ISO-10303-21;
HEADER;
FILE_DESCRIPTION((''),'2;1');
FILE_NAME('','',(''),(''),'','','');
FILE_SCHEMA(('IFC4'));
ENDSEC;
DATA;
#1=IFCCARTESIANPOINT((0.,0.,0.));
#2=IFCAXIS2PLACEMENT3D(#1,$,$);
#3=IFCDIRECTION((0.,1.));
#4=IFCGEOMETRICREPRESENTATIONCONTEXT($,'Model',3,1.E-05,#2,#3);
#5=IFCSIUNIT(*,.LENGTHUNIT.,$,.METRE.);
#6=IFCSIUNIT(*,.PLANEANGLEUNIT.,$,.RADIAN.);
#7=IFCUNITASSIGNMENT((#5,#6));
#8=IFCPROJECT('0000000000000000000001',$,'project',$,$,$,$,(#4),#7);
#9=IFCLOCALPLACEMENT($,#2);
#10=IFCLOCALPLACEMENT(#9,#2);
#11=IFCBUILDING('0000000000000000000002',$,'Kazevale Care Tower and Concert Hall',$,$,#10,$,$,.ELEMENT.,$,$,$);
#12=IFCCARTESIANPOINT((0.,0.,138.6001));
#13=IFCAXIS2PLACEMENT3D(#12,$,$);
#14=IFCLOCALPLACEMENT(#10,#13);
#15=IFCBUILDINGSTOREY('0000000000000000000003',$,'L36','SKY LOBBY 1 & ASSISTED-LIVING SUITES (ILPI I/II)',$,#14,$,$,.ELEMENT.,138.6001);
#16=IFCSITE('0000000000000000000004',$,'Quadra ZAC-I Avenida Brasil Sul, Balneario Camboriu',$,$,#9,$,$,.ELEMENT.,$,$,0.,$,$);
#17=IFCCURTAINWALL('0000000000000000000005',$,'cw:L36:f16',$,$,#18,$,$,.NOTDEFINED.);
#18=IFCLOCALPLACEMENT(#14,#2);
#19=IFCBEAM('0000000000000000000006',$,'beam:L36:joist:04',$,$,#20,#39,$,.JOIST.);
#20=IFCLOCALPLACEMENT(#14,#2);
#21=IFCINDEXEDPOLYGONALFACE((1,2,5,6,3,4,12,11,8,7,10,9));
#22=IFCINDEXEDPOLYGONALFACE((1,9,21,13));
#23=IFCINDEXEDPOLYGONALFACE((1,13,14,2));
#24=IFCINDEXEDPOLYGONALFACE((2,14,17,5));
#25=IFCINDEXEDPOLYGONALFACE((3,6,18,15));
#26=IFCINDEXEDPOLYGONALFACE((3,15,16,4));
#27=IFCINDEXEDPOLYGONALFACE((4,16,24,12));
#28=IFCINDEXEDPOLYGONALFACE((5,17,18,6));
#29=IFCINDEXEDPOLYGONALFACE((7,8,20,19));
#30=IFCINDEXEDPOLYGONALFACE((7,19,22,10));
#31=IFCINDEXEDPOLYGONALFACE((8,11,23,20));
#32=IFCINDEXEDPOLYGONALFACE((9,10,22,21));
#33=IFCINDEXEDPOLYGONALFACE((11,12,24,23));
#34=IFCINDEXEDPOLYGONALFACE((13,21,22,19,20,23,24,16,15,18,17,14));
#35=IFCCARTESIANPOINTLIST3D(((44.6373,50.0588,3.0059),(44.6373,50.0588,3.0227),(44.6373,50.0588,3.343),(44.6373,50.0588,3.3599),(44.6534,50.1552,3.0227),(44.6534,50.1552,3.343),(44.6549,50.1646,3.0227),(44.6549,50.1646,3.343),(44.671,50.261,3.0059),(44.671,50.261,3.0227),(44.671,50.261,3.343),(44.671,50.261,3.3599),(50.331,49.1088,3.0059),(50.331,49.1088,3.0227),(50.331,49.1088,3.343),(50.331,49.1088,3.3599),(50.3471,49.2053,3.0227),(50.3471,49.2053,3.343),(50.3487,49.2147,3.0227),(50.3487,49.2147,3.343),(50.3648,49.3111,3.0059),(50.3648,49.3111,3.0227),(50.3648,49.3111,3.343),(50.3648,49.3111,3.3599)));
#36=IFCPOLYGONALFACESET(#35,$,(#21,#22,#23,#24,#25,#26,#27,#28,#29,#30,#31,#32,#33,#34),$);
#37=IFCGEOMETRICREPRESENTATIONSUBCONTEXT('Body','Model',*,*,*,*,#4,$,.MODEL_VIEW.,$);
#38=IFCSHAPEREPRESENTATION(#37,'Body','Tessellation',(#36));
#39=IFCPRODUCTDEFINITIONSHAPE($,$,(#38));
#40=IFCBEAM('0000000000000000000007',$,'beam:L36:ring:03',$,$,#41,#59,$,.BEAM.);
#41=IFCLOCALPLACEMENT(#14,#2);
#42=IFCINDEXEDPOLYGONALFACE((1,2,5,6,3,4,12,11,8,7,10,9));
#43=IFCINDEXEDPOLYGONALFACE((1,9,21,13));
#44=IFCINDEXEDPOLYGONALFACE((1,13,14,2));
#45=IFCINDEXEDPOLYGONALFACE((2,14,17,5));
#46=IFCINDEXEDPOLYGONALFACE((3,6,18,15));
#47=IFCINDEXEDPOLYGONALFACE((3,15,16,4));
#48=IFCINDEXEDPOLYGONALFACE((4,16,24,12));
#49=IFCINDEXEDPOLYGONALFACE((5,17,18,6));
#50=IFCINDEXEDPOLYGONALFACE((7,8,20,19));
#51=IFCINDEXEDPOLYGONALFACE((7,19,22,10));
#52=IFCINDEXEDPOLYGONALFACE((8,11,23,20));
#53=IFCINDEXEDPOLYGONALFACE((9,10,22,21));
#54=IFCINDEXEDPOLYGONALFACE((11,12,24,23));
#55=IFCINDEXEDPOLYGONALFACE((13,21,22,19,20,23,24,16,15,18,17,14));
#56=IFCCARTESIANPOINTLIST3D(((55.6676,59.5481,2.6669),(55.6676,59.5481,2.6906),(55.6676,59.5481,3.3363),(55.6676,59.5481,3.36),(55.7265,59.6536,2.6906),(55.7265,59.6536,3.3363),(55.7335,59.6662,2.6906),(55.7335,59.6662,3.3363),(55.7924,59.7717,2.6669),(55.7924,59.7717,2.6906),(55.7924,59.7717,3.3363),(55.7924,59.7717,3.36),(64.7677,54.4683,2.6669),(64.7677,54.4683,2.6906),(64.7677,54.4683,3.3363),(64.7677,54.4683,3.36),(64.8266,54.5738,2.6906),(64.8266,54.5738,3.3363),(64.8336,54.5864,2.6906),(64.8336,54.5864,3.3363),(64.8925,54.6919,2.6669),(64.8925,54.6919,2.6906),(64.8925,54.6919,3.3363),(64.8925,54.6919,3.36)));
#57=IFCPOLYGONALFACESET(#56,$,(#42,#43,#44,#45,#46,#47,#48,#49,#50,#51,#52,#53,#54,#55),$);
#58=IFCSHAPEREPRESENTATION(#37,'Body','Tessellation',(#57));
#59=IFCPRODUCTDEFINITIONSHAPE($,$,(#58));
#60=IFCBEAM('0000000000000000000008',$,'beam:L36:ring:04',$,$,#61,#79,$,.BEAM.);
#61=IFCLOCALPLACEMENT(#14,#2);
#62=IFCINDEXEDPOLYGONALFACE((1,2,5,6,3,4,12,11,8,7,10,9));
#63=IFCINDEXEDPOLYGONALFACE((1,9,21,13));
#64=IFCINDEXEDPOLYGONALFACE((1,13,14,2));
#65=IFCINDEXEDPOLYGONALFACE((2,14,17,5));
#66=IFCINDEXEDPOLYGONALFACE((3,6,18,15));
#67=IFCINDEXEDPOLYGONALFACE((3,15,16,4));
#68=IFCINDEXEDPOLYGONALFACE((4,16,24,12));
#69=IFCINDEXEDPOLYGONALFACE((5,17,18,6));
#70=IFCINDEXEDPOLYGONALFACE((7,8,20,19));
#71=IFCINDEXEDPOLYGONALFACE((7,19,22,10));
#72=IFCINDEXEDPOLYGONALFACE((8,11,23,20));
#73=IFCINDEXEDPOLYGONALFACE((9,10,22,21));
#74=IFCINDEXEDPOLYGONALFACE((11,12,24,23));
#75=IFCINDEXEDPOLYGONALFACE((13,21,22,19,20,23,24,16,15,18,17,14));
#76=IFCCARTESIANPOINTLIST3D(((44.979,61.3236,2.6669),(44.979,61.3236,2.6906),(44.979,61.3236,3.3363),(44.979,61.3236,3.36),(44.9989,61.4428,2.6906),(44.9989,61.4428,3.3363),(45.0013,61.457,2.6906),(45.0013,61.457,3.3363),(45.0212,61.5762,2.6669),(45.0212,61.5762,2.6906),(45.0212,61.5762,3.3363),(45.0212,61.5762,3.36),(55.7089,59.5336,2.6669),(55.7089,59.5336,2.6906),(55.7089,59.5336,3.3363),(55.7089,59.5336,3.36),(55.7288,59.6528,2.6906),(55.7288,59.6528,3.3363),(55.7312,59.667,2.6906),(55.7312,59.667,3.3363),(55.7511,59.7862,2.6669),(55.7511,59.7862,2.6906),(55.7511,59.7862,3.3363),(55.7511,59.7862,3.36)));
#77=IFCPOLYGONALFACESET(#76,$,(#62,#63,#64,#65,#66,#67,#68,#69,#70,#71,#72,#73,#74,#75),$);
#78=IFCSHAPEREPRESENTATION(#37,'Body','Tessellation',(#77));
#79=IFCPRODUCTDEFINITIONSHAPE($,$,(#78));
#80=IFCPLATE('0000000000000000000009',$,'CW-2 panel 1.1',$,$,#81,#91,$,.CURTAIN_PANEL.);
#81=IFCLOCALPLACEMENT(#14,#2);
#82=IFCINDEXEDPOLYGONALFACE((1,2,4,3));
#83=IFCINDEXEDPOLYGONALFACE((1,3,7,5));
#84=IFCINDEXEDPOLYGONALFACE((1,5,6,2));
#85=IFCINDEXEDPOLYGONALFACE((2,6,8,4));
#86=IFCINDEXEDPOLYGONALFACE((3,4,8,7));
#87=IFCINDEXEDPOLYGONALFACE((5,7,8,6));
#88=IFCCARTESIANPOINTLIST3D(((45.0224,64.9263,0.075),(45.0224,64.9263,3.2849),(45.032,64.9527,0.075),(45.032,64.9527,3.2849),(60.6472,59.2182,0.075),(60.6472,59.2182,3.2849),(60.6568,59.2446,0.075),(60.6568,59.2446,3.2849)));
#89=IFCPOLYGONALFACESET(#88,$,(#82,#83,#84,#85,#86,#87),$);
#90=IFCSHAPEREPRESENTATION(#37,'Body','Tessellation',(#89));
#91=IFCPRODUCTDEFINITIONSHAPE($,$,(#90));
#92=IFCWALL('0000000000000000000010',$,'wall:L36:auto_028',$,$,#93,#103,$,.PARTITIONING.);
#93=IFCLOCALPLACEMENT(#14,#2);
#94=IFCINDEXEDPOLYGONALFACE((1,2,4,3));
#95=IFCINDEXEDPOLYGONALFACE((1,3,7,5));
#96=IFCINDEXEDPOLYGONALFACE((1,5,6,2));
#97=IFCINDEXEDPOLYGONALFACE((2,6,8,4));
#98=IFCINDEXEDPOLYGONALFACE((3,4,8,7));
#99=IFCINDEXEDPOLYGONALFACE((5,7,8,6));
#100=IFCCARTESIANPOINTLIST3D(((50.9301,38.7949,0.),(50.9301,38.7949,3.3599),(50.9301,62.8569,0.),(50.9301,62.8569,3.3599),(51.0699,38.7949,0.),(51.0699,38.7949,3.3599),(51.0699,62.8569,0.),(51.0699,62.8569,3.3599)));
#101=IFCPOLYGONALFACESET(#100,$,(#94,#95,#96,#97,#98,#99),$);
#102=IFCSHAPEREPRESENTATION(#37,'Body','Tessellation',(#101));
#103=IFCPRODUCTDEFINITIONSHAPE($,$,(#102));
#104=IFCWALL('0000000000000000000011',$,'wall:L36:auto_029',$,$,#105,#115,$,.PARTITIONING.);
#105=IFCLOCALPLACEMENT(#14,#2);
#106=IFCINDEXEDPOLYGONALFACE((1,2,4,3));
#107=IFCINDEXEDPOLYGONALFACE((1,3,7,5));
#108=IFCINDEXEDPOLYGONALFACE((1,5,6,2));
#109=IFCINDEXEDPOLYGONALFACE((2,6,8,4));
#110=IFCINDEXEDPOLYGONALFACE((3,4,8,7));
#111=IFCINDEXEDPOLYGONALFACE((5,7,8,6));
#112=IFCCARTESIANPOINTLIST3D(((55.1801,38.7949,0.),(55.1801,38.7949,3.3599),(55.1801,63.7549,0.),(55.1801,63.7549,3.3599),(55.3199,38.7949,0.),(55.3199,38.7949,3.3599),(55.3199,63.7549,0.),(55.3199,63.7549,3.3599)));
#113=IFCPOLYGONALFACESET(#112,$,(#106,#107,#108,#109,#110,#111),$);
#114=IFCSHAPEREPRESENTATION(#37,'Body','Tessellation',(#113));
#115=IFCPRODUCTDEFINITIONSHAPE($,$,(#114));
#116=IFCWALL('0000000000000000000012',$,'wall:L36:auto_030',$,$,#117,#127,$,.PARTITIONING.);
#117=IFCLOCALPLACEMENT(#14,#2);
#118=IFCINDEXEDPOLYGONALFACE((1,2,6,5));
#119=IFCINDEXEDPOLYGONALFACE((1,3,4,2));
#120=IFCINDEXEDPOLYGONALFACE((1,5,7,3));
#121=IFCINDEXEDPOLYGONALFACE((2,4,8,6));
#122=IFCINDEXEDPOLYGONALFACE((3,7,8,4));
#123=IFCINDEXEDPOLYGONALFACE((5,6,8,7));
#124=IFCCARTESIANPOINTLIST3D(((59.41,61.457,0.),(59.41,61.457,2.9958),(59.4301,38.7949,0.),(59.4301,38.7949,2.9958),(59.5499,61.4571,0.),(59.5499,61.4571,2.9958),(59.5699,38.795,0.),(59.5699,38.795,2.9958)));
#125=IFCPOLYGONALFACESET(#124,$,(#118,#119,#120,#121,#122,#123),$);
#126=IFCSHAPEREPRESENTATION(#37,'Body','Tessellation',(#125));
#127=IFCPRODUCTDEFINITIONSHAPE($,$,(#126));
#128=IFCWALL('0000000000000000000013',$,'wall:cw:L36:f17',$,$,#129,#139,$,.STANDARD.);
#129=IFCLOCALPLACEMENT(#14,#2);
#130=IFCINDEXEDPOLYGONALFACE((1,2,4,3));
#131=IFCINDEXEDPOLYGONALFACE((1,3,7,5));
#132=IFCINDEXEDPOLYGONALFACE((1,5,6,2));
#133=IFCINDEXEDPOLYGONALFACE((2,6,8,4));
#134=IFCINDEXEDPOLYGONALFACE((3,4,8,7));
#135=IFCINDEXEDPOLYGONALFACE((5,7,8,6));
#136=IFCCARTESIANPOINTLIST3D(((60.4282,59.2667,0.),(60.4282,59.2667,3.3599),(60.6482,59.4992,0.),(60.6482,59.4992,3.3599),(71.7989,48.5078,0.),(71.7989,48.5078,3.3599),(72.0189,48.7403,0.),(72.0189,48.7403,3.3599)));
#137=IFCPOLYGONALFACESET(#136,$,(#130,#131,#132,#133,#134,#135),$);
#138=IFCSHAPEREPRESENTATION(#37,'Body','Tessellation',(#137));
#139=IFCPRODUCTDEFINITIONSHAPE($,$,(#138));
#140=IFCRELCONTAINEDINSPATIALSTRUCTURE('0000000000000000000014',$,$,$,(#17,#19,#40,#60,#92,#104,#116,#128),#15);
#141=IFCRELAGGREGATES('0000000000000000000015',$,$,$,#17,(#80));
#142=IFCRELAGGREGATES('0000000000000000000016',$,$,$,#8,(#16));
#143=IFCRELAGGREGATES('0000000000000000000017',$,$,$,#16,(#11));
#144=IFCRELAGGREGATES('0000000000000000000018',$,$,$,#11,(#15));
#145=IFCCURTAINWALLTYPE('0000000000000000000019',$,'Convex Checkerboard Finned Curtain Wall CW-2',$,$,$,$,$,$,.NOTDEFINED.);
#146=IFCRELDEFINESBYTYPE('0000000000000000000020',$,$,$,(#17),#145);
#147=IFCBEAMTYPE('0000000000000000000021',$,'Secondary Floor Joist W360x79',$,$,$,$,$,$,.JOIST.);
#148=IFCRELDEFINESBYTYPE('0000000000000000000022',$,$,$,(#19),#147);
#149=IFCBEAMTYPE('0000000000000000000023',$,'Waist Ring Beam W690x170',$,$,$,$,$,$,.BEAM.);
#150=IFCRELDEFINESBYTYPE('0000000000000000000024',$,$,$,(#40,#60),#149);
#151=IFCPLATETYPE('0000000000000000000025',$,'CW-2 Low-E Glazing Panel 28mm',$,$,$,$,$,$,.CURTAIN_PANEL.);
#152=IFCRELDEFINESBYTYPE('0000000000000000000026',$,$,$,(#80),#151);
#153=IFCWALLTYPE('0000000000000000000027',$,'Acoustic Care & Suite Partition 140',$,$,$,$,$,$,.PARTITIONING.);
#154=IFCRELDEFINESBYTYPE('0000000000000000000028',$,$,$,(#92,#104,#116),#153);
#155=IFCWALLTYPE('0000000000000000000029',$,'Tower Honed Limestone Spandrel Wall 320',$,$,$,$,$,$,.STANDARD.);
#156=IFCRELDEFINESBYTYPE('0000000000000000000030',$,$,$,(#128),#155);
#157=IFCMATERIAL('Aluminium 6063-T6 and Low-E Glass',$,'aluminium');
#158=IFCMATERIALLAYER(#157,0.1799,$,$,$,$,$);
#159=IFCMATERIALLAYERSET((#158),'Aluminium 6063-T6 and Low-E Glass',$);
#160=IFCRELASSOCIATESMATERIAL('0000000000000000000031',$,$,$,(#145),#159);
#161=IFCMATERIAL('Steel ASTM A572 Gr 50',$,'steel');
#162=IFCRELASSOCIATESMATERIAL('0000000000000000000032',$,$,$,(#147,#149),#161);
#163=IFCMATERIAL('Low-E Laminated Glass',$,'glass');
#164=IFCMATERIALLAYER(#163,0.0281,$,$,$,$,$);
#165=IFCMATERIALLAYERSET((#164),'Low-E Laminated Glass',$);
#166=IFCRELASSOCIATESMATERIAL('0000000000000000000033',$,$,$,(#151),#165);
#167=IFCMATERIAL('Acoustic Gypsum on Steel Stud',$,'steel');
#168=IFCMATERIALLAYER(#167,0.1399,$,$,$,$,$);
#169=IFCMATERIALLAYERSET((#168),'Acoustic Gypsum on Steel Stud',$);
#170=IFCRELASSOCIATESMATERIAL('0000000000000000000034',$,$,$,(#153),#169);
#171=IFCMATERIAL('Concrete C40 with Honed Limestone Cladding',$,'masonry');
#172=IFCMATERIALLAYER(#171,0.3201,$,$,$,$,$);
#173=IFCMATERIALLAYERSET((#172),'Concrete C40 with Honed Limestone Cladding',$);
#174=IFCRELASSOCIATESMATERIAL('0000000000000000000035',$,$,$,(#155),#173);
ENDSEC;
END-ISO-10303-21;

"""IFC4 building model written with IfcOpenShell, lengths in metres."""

from ifc_helpers import new_model, si_unit, direction, frame, frame_2d, origin, origin_2d, place, context, subcontext, project, spatial, rectangle, i_section, extrude, material, layer, layer_set, material_profile, profile_set, type_object, element, aggregate, save


model = new_model("IFC4")

# Units and contexts
model_context = context("Model", 3, precision=1e-05, world=origin(), true_north=direction((0.0, 1.0)))
body_context = subcontext(model_context, "Body", "Model", "MODEL_VIEW")
ifc_project = project(units=[si_unit("LENGTHUNIT", "METRE"), si_unit("PLANEANGLEUNIT", "RADIAN")], contexts=[model_context])

# Site, building, storey
site_placement = place(None, origin())
site = spatial("IfcSite", under=ifc_project, at=site_placement, Name="Quadra ZAC-I Avenida Brasil Sul, Balneario Camboriu", CompositionType="ELEMENT", RefElevation=0.0)
building_placement = place(site_placement, origin())
building = spatial("IfcBuilding", under=site, at=building_placement, Name="Kazevale Care Tower and Concert Hall", CompositionType="ELEMENT")
storey_placement = place(building_placement, frame((0.0, 0.0, 138.6001)))
storey = spatial("IfcBuildingStorey", under=building, at=storey_placement, Name="L36", Description="SKY LOBBY 1 & ASSISTED-LIVING SUITES (ILPI I/II)", CompositionType="ELEMENT", Elevation=138.6001)

# Curtain wall
ifc_material_1 = material(Name="Aluminium 6063-T6 and Low-E Glass", Category="aluminium")
ifc_layer_1 = layer(ifc_material_1, 0.1799)
ifc_layer_set_1 = layer_set([ifc_layer_1], Name="Aluminium 6063-T6 and Low-E Glass")
curtain_wall_type_1 = type_object("IfcCurtainWallType", Name="Convex Checkerboard Finned Curtain Wall CW-2", PredefinedType="NOTDEFINED", material=ifc_layer_set_1)
curtain_wall_1_placement = place(storey_placement, origin())
curtain_wall_1 = element("IfcCurtainWall", 1, at=curtain_wall_1_placement, inside=storey, type_object=curtain_wall_type_1, Name="cw:L36:f16", PredefinedType="NOTDEFINED")

# Beams
ifc_material_2 = material(Name="Steel ASTM A572 Gr 50", Category="steel")
ifc_material_profile_1 = material_profile(ifc_material_2, i_section(OverallWidth=0.2051, OverallDepth=0.354, WebThickness=0.0095, FlangeThickness=0.0168, at=origin_2d()), Name="W360x79")
ifc_profile_set_1 = profile_set([ifc_material_profile_1], Name="Steel ASTM A572 Gr 50")
beam_type_1 = type_object("IfcBeamType", Name="Secondary Floor Joist W360x79", PredefinedType="JOIST", material=ifc_profile_set_1)
beam_1_placement = place(storey_placement, frame((50.3479, 49.21, 3.1829), z_axis=(-0.986366, 0.164564, 0.0), x_axis=(-0.164564, -0.986366, 0.0)))
element("IfcBeam", 2, at=beam_1_placement, inside=storey, type_object=beam_type_1, Name="beam:L36:joist:04", PredefinedType="JOIST", context=body_context, shape_type="SweptSolid", body=[
    extrude(i_section(OverallWidth=0.2051, OverallDepth=0.354, WebThickness=0.0095, FlangeThickness=0.0168, at=origin_2d()), origin(), (0.0, 0.0, 1.0), 5.7725),
])
ifc_material_profile_2 = material_profile(ifc_material_2, i_section(OverallWidth=0.2561, OverallDepth=0.6931, WebThickness=0.0144, FlangeThickness=0.0237, at=origin_2d()), Name="W690x170")
ifc_profile_set_2 = profile_set([ifc_material_profile_2], Name="Steel ASTM A572 Gr 50")
beam_type_2 = type_object("IfcBeamType", Name="Waist Ring Beam W690x170", PredefinedType="BEAM", material=ifc_profile_set_2)
beam_2_placement = place(storey_placement, frame((64.8301, 54.5801, 3.0134), z_axis=(-0.873169, 0.487418, 0.0), x_axis=(-0.487418, -0.873169, 0.0)))
element("IfcBeam", 3, at=beam_2_placement, inside=storey, type_object=beam_type_2, Name="beam:L36:ring:03", PredefinedType="BEAM", context=body_context, shape_type="SweptSolid", body=[
    extrude(i_section(OverallWidth=0.2561, OverallDepth=0.6931, WebThickness=0.0144, FlangeThickness=0.0237, at=origin_2d()), origin(), (0.0, 0.0, 1.0), 10.4219),
])
beam_3_placement = place(storey_placement, frame((55.73, 59.6599, 3.0134), z_axis=(-0.986368, 0.164552, 0.0), x_axis=(-0.164552, -0.986368, 0.0)))
element("IfcBeam", 4, at=beam_3_placement, inside=storey, type_object=beam_type_2, Name="beam:L36:ring:04", PredefinedType="BEAM", context=body_context, shape_type="SweptSolid", body=[
    extrude(i_section(OverallWidth=0.2561, OverallDepth=0.6931, WebThickness=0.0144, FlangeThickness=0.0237, at=origin_2d()), origin(), (0.0, 0.0, 1.0), 10.8782),
])

# Plate
ifc_material_3 = material(Name="Low-E Laminated Glass", Category="glass")
ifc_layer_2 = layer(ifc_material_3, 0.0281)
ifc_layer_set_2 = layer_set([ifc_layer_2], Name="Low-E Laminated Glass")
plate_type = type_object("IfcPlateType", Name="CW-2 Low-E Glazing Panel 28mm", PredefinedType="CURTAIN_PANEL", material=ifc_layer_set_2)
plate_placement = place(storey_placement, frame((52.8396, 62.0854, 0.075), z_axis=(0.0, 0.0, 1.0), x_axis=(0.939283, -0.343143, 0.0)))
plate = element("IfcPlate", 5, at=plate_placement, type_object=plate_type, Name="CW-2 panel 1.1", PredefinedType="CURTAIN_PANEL", context=body_context, shape_type="SweptSolid", body=[
    extrude(rectangle(XDim=16.6348, YDim=0.0281, at=origin_2d()), origin(), (0.0, 0.0, 1.0), 3.21),
])
aggregate(curtain_wall_1, [plate])

# Walls
ifc_material_4 = material(Name="Acoustic Gypsum on Steel Stud", Category="steel")
ifc_layer_3 = layer(ifc_material_4, 0.1399)
ifc_layer_set_3 = layer_set([ifc_layer_3], Name="Acoustic Gypsum on Steel Stud")
wall_type_1 = type_object("IfcWallType", Name="Acoustic Care & Suite Partition 140", PredefinedType="PARTITIONING", material=ifc_layer_set_3)
wall_1_placement = place(storey_placement, frame((51.0, 62.8569, 0.0), z_axis=(0.0, 0.0, 1.0), x_axis=(0.0, -1.0, 0.0)))
element("IfcWall", 6, at=wall_1_placement, inside=storey, type_object=wall_type_1, Name="wall:L36:auto_028", PredefinedType="PARTITIONING", context=body_context, shape_type="SweptSolid", body=[
    extrude(rectangle(XDim=24.062, YDim=0.1399, at=frame_2d((12.031, 0.0))), origin(), (0.0, 0.0, 1.0), 3.3599),
])
wall_2_placement = place(storey_placement, frame((55.25, 63.7549, 0.0), z_axis=(0.0, 0.0, 1.0), x_axis=(0.0, -1.0, 0.0)))
element("IfcWall", 7, at=wall_2_placement, inside=storey, type_object=wall_type_1, Name="wall:L36:auto_029", PredefinedType="PARTITIONING", context=body_context, shape_type="SweptSolid", body=[
    extrude(rectangle(XDim=24.96, YDim=0.1399, at=frame_2d((12.48, 0.0))), origin(), (0.0, 0.0, 1.0), 3.3599),
])
wall_3_placement = place(storey_placement, frame((59.48, 61.457, 0.0), z_axis=(0.0, 0.0, 1.0), x_axis=(0.000883, -1.0, 0.0)))
element("IfcWall", 8, at=wall_3_placement, inside=storey, type_object=wall_type_1, Name="wall:L36:auto_030", PredefinedType="PARTITIONING", context=body_context, shape_type="SweptSolid", body=[
    extrude(rectangle(XDim=22.6621, YDim=0.1399, at=frame_2d((11.3311, 0.0))), origin(), (0.0, 0.0, 1.0), 2.9958),
])
ifc_material_5 = material(Name="Concrete C40 with Honed Limestone Cladding", Category="masonry")
ifc_layer_4 = layer(ifc_material_5, 0.3201)
ifc_layer_set_4 = layer_set([ifc_layer_4], Name="Concrete C40 with Honed Limestone Cladding")
wall_type_2 = type_object("IfcWallType", Name="Tower Honed Limestone Spandrel Wall 320", PredefinedType="STANDARD", material=ifc_layer_set_4)
wall_4_placement = place(storey_placement, frame((60.5381, 59.3831, 0.0), z_axis=(0.0, 0.0, 1.0), x_axis=(0.726378, -0.687295, 0.0)))
element("IfcWall", 9, at=wall_4_placement, inside=storey, type_object=wall_type_2, Name="wall:cw:L36:f17", PredefinedType="STANDARD", context=body_context, shape_type="SweptSolid", body=[
    extrude(rectangle(XDim=15.6541, YDim=0.3201, at=frame_2d((7.8271, 0.0))), origin(), (0.0, 0.0, 1.0), 3.3599),
])

save(model, "model.ifc")
